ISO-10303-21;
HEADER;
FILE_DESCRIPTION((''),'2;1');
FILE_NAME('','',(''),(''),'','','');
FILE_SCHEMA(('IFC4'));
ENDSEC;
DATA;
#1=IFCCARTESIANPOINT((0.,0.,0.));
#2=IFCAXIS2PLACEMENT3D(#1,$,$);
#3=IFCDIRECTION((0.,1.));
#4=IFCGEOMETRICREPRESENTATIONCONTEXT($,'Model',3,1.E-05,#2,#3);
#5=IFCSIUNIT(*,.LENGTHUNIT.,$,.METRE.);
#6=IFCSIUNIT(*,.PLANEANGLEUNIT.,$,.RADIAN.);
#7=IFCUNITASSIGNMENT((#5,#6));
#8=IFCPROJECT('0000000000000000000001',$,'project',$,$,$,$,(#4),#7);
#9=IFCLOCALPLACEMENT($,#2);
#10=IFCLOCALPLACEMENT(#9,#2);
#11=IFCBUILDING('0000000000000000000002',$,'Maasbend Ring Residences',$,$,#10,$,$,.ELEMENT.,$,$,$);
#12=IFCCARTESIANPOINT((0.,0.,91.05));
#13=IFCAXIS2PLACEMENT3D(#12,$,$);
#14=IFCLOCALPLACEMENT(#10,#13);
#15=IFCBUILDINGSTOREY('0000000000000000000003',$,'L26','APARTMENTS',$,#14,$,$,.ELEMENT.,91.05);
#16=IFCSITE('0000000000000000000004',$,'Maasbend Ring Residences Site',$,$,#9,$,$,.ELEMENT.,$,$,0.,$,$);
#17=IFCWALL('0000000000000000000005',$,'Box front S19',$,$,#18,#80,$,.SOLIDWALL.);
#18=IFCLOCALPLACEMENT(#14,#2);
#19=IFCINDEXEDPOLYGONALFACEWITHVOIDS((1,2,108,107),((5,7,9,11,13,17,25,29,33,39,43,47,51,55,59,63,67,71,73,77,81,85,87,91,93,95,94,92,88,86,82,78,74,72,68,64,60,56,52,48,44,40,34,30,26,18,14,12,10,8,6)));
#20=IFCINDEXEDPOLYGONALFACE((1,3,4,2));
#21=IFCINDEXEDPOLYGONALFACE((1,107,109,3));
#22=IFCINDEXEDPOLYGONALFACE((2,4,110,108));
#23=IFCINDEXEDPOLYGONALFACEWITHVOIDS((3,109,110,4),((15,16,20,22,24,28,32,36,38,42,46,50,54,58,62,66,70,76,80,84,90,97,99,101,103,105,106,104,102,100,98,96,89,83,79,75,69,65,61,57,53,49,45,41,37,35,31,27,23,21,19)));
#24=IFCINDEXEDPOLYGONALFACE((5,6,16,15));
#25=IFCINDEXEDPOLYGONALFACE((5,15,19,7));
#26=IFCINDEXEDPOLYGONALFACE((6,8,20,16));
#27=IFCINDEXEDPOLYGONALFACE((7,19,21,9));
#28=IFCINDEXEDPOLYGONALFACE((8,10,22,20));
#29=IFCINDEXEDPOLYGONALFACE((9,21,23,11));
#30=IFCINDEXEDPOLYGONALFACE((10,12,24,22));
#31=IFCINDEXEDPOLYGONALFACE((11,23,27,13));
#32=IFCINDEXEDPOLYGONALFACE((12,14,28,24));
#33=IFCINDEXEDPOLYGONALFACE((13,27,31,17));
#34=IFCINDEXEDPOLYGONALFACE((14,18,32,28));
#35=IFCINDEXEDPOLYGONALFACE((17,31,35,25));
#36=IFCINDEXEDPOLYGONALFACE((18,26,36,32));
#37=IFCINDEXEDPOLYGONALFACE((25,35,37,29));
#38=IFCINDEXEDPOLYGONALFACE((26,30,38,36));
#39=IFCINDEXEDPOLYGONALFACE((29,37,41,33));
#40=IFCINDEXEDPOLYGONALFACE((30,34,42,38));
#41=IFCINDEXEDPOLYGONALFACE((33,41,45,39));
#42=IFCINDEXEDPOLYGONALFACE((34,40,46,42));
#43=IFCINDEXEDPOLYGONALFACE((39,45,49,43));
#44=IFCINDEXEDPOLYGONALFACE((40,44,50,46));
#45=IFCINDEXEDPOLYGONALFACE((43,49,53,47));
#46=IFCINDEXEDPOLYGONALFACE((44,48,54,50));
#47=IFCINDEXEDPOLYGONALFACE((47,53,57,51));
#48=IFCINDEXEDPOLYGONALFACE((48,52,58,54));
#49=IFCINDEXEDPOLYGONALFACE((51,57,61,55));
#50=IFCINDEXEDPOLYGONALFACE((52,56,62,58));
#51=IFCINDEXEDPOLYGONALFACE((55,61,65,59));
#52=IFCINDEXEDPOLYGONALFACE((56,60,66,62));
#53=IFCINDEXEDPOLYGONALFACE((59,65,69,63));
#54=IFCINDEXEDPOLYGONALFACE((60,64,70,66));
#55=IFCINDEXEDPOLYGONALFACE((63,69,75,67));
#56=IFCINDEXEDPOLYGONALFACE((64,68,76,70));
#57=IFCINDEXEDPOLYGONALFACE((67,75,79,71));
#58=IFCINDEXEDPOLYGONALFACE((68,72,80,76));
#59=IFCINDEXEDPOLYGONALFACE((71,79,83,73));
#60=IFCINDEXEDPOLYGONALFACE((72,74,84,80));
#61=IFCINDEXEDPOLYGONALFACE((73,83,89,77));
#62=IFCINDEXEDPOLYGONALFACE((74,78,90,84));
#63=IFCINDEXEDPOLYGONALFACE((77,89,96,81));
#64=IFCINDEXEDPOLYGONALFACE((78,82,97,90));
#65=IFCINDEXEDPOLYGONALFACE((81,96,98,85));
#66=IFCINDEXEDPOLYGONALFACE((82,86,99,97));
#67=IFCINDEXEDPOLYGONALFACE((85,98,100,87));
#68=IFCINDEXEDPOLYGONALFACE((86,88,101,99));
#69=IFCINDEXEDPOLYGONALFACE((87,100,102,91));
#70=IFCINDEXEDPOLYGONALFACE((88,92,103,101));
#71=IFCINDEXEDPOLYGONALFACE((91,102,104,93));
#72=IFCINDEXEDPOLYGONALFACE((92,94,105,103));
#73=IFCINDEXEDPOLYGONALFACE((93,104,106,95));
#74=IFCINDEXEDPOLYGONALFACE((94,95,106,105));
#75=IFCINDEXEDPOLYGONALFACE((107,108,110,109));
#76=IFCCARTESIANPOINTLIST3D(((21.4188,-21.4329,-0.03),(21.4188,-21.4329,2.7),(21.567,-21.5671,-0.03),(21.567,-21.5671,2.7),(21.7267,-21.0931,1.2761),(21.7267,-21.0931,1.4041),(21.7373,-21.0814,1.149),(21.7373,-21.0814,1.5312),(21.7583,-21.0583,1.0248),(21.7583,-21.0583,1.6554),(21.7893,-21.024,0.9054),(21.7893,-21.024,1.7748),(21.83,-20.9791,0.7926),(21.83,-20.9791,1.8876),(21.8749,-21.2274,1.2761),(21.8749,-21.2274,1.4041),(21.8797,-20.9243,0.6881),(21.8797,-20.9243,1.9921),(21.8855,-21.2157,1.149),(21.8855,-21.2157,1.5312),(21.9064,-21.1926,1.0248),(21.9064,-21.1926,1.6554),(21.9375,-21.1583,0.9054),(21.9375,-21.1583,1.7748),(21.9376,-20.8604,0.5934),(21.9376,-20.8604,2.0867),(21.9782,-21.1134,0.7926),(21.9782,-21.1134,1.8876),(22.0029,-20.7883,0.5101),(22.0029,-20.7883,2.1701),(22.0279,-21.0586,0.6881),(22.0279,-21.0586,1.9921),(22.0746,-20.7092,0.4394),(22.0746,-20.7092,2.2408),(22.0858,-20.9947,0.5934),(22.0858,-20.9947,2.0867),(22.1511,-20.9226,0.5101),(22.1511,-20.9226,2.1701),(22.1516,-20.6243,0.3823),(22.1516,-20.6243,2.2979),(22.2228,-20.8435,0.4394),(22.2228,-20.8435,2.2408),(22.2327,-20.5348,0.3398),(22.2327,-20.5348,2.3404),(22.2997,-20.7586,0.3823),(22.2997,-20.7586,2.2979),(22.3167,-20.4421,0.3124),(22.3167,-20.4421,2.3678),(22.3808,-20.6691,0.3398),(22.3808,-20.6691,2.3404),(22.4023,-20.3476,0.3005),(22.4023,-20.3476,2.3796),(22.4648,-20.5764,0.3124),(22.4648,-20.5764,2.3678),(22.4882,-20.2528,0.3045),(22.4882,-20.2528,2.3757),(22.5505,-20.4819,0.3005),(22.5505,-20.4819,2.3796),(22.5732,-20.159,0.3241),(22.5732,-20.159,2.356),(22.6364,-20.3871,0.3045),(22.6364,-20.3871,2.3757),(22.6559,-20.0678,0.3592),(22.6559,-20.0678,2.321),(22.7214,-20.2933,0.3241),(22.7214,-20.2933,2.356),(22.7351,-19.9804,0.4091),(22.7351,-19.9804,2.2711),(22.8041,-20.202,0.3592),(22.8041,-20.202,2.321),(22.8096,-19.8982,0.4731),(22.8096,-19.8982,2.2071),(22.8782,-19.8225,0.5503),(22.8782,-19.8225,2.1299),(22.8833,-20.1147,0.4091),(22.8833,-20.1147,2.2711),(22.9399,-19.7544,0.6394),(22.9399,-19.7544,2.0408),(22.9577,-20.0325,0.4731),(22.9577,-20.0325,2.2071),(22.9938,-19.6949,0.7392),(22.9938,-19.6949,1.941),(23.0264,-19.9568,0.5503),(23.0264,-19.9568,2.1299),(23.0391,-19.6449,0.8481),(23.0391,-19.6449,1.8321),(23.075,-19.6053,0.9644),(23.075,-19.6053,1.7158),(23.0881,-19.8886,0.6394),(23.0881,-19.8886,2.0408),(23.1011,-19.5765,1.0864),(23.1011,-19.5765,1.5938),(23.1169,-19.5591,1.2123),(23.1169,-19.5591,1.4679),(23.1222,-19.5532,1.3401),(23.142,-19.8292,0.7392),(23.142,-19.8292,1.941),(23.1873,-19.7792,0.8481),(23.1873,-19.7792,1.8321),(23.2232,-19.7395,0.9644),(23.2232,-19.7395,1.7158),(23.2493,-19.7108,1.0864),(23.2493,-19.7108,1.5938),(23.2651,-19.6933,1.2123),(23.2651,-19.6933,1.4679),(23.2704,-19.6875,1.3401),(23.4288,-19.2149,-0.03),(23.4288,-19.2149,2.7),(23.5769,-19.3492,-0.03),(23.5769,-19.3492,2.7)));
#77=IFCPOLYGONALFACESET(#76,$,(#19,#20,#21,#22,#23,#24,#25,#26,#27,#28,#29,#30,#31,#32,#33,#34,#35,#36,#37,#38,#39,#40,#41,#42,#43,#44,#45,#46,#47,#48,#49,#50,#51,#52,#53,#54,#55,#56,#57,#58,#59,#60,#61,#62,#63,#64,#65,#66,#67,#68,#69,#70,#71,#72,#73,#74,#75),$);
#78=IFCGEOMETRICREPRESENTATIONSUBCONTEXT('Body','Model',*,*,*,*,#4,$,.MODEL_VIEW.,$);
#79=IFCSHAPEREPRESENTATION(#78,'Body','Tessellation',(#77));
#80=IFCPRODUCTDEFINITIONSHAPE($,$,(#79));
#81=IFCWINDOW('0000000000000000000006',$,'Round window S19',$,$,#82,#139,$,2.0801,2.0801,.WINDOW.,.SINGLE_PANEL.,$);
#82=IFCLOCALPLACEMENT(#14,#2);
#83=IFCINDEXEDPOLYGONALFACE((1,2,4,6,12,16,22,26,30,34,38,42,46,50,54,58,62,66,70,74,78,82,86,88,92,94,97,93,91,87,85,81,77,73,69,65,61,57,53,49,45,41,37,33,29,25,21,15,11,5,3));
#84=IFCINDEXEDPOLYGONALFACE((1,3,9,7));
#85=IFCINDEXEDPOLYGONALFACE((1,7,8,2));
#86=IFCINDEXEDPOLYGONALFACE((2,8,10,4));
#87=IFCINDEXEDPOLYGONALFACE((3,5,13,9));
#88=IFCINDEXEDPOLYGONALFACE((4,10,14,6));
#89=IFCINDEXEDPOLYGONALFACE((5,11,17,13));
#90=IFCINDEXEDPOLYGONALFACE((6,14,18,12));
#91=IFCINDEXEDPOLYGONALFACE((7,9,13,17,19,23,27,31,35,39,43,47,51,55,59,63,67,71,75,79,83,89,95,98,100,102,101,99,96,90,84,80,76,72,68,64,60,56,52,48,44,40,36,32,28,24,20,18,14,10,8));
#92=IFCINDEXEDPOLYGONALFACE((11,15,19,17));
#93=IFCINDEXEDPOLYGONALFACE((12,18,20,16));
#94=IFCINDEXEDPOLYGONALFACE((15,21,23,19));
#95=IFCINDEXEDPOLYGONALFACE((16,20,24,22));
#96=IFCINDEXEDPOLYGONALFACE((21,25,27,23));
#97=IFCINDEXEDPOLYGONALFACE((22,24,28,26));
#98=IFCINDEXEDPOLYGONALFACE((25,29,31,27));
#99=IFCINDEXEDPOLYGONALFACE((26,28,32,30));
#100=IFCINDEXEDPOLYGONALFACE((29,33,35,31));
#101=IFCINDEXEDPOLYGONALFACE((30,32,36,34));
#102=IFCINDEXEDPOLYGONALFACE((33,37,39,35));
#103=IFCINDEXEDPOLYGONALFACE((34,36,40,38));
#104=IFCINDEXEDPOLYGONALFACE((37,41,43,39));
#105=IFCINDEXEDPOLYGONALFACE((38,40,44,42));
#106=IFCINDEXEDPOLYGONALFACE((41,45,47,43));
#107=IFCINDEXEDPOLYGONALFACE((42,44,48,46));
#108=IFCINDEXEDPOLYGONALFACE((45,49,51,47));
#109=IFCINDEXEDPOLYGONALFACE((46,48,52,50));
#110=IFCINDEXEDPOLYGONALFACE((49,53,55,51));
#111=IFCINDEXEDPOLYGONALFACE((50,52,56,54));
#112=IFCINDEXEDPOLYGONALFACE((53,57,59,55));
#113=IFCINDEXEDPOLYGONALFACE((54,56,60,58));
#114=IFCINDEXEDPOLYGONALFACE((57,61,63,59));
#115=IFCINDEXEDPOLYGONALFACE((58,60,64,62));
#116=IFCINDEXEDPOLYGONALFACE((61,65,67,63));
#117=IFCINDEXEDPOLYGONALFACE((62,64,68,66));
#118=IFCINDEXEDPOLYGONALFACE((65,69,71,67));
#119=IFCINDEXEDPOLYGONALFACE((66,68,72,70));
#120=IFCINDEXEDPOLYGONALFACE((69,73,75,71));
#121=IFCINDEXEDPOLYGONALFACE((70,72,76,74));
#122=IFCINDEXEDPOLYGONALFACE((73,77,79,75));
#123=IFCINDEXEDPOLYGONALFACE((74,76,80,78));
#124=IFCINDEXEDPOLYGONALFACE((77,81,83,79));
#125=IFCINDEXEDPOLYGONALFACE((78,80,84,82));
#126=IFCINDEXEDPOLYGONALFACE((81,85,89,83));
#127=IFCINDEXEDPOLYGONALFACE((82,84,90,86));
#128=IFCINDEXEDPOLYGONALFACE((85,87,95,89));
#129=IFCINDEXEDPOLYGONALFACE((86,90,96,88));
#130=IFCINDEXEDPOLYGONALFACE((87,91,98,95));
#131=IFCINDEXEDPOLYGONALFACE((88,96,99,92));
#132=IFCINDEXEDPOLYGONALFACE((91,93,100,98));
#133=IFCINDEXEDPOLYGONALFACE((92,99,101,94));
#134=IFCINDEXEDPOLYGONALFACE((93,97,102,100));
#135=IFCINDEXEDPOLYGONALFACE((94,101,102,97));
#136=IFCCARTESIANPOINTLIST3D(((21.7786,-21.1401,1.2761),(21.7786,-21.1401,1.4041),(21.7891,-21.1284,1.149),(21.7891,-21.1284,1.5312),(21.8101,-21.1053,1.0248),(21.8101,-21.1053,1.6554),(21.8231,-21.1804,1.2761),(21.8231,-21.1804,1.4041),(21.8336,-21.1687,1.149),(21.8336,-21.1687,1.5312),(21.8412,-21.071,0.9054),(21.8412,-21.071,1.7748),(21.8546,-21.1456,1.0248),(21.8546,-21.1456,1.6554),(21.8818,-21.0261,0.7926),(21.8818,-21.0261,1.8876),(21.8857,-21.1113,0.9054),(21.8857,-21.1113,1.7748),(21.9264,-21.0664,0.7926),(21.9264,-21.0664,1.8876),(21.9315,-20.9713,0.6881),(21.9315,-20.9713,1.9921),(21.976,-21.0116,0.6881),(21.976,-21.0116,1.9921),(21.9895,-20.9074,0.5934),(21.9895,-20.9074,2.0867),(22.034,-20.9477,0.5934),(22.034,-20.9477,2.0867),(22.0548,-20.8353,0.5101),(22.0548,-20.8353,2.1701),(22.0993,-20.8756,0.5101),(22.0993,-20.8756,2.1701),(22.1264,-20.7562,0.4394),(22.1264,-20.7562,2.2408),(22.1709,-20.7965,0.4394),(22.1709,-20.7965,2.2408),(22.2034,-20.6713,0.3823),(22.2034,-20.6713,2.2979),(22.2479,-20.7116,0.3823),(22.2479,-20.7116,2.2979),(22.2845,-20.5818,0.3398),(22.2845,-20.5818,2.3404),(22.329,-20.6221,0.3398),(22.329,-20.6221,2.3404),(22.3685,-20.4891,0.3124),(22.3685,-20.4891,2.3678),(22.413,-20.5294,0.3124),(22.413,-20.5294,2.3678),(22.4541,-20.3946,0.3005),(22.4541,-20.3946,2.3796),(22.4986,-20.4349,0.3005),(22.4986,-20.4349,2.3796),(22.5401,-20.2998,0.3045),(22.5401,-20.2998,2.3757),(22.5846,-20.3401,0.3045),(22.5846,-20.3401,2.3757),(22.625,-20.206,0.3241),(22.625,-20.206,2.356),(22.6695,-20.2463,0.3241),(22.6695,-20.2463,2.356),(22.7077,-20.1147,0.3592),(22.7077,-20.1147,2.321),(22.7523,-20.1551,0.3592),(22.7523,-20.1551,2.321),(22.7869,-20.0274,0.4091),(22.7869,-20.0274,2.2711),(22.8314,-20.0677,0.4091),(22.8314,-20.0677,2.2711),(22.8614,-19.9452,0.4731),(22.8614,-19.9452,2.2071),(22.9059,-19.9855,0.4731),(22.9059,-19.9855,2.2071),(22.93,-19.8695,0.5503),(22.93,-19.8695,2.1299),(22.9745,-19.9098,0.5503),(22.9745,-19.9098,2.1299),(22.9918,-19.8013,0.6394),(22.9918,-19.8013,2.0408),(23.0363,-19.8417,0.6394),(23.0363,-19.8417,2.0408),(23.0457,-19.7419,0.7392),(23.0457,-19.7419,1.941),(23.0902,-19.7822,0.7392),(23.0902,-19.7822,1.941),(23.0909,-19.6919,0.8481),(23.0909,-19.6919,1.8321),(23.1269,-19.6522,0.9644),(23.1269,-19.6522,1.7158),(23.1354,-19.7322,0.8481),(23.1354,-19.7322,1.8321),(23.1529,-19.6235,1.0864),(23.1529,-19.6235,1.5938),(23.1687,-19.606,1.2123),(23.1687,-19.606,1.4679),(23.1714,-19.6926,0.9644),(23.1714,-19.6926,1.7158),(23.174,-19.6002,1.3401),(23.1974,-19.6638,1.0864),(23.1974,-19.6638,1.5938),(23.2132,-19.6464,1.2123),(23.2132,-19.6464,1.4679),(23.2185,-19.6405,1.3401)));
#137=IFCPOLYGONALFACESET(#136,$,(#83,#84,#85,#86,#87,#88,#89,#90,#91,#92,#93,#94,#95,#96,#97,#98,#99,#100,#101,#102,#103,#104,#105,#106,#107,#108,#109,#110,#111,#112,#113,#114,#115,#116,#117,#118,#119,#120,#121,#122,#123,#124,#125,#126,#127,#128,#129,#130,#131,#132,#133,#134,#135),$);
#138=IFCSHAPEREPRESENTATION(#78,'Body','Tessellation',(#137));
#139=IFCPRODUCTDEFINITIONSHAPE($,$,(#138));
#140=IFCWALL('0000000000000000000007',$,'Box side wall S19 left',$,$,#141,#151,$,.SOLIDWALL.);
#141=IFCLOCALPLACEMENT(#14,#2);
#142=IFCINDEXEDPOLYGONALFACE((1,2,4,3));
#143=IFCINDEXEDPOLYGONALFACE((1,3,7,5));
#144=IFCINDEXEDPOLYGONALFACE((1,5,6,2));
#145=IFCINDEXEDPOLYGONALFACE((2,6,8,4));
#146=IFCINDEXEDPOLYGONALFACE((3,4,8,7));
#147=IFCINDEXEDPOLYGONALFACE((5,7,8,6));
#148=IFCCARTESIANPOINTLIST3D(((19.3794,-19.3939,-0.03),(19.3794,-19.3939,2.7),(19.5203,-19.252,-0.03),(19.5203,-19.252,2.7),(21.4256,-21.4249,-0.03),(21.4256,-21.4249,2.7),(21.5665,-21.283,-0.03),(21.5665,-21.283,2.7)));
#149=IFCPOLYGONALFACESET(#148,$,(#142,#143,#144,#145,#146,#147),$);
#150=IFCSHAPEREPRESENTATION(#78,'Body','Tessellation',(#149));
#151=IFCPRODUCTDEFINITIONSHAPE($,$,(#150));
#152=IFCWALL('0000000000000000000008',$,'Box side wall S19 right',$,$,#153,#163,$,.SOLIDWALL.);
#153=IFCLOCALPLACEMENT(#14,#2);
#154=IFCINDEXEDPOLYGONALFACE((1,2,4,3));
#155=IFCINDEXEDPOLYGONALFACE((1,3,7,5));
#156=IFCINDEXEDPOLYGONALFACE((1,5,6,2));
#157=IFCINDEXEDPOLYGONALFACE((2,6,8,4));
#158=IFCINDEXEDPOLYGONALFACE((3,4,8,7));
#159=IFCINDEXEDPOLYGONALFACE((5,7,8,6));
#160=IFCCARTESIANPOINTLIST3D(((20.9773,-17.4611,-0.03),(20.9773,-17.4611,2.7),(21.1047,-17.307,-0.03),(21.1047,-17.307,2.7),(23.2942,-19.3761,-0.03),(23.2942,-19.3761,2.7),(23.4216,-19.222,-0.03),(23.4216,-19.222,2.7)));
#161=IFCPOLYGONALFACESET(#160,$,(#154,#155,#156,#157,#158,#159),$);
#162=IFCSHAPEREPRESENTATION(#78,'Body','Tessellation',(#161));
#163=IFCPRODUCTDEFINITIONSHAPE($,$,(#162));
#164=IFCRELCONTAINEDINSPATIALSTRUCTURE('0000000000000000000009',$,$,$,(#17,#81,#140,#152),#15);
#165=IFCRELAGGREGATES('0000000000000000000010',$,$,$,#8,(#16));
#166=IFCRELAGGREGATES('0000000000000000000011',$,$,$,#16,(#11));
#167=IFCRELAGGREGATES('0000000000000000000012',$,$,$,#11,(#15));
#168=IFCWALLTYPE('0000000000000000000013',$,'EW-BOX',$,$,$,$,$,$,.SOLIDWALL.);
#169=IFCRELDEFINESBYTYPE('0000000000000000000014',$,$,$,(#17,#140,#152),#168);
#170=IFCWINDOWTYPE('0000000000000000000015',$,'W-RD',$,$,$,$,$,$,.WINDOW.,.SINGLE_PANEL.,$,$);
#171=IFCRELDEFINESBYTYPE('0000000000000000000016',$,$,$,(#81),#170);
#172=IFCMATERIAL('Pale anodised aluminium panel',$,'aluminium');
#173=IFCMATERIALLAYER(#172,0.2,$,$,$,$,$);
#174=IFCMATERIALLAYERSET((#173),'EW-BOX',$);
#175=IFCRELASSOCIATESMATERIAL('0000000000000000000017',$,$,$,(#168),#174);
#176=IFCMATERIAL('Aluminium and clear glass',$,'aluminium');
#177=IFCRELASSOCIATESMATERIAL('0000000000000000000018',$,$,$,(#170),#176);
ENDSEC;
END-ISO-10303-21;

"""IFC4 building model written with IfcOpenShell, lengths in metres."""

from ifc_helpers import new_model, si_unit, direction, frame, frame_2d, origin, place, context, subcontext, project, spatial, rectangle, circle, extrude, material, layer, layer_set, type_object, element, fill, save


model = new_model("IFC4")

# Units and contexts
model_context = context("Model", 3, precision=1e-05, world=origin(), true_north=direction((0.0, 1.0)))
body_context = subcontext(model_context, "Body", "Model", "MODEL_VIEW")
ifc_project = project(units=[si_unit("LENGTHUNIT", "METRE"), si_unit("PLANEANGLEUNIT", "RADIAN")], contexts=[model_context])

# Site, building, storey
site_placement = place(None, origin())
site = spatial("IfcSite", under=ifc_project, at=site_placement, Name="Maasbend Ring Residences Site", CompositionType="ELEMENT", RefElevation=0.0)
building_placement = place(site_placement, origin())
building = spatial("IfcBuilding", under=site, at=building_placement, Name="Maasbend Ring Residences", CompositionType="ELEMENT")
storey_placement = place(building_placement, frame((0.0, 0.0, 91.05)))
storey = spatial("IfcBuildingStorey", under=building, at=storey_placement, Name="L26", Description="APARTMENTS", CompositionType="ELEMENT", Elevation=91.05)

# Shared definitions
ifc_material_1 = material(Name="Pale anodised aluminium panel", Category="aluminium")
ifc_layer_1 = layer(ifc_material_1, 0.2)
ifc_layer_set_1 = layer_set([ifc_layer_1], Name="EW-BOX")
wall_type_1 = type_object("IfcWallType", Name="EW-BOX", PredefinedType="SOLIDWALL", material=ifc_layer_set_1)
ifc_material_2 = material(Name="Aluminium and clear glass", Category="aluminium")
window_type_1 = type_object("IfcWindowType", Name="W-RD", PartitioningType="SINGLE_PANEL", PredefinedType="WINDOW", material=ifc_material_2)

# Wall, opening, window
wall_1_placement = place(storey_placement, frame((21.4929, -21.5, -0.03), z_axis=(0.0, 0.0, 1.0), x_axis=(0.671507, 0.740998, 0.0)))
wall_1 = element("IfcWall", 1, at=wall_1_placement, inside=storey, type_object=wall_type_1, Name="Box front S19", PredefinedType="SOLIDWALL", context=body_context, shape_type="SweptSolid", body=[
    extrude(rectangle(XDim=2.9932, YDim=0.2, at=frame_2d((1.4966, 0.0))), origin(), (0.0, 0.0, 1.0), 2.73),
])
opening_1_placement = place(wall_1_placement, frame((0.4565, 0.0, 0.3301)))
opening_1 = element("IfcOpeningElement", 2, at=opening_1_placement, cuts=wall_1, PredefinedType="OPENING", context=body_context, shape_type="SweptSolid", body=[
    extrude(circle(Radius=1.04, at=frame_2d((1.04, 1.04))), frame((0.0, 0.1099, 0.0), z_axis=(0.0, -1.0, 0.0), x_axis=(1.0, 0.0, 0.0)), (0.0, 0.0, 1.0), 0.22),
])
window_1_placement = place(opening_1_placement, origin())
window_1 = element("IfcWindow", 3, at=window_1_placement, inside=storey, type_object=window_type_1, Name="Round window S19", OverallHeight=2.0801, OverallWidth=2.0801, PartitioningType="SINGLE_PANEL", PredefinedType="WINDOW", context=body_context, shape_type="SweptSolid", body=[
    extrude(circle(Radius=1.04, at=frame_2d((1.04, 1.04))), frame((0.0, 0.03, 0.0), z_axis=(0.0, -1.0, 0.0), x_axis=(1.0, 0.0, 0.0)), (0.0, 0.0, 1.0), 0.0601),
])
fill(opening_1, window_1)

# Walls
wall_2_placement = place(storey_placement, frame((19.45, -19.323, -0.03), z_axis=(0.0, 0.0, 1.0), x_axis=(0.709727, -0.704477, 0.0)))
element("IfcWall", 4, at=wall_2_placement, inside=storey, type_object=wall_type_1, Name="Box side wall S19 left", PredefinedType="SOLIDWALL", context=body_context, shape_type="SweptSolid", body=[
    extrude(rectangle(XDim=2.8831, YDim=0.2, at=frame_2d((1.4414, 0.0))), origin(), (0.0, 0.0, 1.0), 2.73),
])
wall_3_placement = place(storey_placement, frame((21.041, -17.384, -0.03), z_axis=(0.0, 0.0, 1.0), x_axis=(0.770785, -0.637096, 0.0)))
element("IfcWall", 5, at=wall_3_placement, inside=storey, type_object=wall_type_1, Name="Box side wall S19 right", PredefinedType="SOLIDWALL", context=body_context, shape_type="SweptSolid", body=[
    extrude(rectangle(XDim=3.0059, YDim=0.2, at=frame_2d((1.5029, 0.0))), origin(), (0.0, 0.0, 1.0), 2.73),
])

save(model, "model.ifc")
